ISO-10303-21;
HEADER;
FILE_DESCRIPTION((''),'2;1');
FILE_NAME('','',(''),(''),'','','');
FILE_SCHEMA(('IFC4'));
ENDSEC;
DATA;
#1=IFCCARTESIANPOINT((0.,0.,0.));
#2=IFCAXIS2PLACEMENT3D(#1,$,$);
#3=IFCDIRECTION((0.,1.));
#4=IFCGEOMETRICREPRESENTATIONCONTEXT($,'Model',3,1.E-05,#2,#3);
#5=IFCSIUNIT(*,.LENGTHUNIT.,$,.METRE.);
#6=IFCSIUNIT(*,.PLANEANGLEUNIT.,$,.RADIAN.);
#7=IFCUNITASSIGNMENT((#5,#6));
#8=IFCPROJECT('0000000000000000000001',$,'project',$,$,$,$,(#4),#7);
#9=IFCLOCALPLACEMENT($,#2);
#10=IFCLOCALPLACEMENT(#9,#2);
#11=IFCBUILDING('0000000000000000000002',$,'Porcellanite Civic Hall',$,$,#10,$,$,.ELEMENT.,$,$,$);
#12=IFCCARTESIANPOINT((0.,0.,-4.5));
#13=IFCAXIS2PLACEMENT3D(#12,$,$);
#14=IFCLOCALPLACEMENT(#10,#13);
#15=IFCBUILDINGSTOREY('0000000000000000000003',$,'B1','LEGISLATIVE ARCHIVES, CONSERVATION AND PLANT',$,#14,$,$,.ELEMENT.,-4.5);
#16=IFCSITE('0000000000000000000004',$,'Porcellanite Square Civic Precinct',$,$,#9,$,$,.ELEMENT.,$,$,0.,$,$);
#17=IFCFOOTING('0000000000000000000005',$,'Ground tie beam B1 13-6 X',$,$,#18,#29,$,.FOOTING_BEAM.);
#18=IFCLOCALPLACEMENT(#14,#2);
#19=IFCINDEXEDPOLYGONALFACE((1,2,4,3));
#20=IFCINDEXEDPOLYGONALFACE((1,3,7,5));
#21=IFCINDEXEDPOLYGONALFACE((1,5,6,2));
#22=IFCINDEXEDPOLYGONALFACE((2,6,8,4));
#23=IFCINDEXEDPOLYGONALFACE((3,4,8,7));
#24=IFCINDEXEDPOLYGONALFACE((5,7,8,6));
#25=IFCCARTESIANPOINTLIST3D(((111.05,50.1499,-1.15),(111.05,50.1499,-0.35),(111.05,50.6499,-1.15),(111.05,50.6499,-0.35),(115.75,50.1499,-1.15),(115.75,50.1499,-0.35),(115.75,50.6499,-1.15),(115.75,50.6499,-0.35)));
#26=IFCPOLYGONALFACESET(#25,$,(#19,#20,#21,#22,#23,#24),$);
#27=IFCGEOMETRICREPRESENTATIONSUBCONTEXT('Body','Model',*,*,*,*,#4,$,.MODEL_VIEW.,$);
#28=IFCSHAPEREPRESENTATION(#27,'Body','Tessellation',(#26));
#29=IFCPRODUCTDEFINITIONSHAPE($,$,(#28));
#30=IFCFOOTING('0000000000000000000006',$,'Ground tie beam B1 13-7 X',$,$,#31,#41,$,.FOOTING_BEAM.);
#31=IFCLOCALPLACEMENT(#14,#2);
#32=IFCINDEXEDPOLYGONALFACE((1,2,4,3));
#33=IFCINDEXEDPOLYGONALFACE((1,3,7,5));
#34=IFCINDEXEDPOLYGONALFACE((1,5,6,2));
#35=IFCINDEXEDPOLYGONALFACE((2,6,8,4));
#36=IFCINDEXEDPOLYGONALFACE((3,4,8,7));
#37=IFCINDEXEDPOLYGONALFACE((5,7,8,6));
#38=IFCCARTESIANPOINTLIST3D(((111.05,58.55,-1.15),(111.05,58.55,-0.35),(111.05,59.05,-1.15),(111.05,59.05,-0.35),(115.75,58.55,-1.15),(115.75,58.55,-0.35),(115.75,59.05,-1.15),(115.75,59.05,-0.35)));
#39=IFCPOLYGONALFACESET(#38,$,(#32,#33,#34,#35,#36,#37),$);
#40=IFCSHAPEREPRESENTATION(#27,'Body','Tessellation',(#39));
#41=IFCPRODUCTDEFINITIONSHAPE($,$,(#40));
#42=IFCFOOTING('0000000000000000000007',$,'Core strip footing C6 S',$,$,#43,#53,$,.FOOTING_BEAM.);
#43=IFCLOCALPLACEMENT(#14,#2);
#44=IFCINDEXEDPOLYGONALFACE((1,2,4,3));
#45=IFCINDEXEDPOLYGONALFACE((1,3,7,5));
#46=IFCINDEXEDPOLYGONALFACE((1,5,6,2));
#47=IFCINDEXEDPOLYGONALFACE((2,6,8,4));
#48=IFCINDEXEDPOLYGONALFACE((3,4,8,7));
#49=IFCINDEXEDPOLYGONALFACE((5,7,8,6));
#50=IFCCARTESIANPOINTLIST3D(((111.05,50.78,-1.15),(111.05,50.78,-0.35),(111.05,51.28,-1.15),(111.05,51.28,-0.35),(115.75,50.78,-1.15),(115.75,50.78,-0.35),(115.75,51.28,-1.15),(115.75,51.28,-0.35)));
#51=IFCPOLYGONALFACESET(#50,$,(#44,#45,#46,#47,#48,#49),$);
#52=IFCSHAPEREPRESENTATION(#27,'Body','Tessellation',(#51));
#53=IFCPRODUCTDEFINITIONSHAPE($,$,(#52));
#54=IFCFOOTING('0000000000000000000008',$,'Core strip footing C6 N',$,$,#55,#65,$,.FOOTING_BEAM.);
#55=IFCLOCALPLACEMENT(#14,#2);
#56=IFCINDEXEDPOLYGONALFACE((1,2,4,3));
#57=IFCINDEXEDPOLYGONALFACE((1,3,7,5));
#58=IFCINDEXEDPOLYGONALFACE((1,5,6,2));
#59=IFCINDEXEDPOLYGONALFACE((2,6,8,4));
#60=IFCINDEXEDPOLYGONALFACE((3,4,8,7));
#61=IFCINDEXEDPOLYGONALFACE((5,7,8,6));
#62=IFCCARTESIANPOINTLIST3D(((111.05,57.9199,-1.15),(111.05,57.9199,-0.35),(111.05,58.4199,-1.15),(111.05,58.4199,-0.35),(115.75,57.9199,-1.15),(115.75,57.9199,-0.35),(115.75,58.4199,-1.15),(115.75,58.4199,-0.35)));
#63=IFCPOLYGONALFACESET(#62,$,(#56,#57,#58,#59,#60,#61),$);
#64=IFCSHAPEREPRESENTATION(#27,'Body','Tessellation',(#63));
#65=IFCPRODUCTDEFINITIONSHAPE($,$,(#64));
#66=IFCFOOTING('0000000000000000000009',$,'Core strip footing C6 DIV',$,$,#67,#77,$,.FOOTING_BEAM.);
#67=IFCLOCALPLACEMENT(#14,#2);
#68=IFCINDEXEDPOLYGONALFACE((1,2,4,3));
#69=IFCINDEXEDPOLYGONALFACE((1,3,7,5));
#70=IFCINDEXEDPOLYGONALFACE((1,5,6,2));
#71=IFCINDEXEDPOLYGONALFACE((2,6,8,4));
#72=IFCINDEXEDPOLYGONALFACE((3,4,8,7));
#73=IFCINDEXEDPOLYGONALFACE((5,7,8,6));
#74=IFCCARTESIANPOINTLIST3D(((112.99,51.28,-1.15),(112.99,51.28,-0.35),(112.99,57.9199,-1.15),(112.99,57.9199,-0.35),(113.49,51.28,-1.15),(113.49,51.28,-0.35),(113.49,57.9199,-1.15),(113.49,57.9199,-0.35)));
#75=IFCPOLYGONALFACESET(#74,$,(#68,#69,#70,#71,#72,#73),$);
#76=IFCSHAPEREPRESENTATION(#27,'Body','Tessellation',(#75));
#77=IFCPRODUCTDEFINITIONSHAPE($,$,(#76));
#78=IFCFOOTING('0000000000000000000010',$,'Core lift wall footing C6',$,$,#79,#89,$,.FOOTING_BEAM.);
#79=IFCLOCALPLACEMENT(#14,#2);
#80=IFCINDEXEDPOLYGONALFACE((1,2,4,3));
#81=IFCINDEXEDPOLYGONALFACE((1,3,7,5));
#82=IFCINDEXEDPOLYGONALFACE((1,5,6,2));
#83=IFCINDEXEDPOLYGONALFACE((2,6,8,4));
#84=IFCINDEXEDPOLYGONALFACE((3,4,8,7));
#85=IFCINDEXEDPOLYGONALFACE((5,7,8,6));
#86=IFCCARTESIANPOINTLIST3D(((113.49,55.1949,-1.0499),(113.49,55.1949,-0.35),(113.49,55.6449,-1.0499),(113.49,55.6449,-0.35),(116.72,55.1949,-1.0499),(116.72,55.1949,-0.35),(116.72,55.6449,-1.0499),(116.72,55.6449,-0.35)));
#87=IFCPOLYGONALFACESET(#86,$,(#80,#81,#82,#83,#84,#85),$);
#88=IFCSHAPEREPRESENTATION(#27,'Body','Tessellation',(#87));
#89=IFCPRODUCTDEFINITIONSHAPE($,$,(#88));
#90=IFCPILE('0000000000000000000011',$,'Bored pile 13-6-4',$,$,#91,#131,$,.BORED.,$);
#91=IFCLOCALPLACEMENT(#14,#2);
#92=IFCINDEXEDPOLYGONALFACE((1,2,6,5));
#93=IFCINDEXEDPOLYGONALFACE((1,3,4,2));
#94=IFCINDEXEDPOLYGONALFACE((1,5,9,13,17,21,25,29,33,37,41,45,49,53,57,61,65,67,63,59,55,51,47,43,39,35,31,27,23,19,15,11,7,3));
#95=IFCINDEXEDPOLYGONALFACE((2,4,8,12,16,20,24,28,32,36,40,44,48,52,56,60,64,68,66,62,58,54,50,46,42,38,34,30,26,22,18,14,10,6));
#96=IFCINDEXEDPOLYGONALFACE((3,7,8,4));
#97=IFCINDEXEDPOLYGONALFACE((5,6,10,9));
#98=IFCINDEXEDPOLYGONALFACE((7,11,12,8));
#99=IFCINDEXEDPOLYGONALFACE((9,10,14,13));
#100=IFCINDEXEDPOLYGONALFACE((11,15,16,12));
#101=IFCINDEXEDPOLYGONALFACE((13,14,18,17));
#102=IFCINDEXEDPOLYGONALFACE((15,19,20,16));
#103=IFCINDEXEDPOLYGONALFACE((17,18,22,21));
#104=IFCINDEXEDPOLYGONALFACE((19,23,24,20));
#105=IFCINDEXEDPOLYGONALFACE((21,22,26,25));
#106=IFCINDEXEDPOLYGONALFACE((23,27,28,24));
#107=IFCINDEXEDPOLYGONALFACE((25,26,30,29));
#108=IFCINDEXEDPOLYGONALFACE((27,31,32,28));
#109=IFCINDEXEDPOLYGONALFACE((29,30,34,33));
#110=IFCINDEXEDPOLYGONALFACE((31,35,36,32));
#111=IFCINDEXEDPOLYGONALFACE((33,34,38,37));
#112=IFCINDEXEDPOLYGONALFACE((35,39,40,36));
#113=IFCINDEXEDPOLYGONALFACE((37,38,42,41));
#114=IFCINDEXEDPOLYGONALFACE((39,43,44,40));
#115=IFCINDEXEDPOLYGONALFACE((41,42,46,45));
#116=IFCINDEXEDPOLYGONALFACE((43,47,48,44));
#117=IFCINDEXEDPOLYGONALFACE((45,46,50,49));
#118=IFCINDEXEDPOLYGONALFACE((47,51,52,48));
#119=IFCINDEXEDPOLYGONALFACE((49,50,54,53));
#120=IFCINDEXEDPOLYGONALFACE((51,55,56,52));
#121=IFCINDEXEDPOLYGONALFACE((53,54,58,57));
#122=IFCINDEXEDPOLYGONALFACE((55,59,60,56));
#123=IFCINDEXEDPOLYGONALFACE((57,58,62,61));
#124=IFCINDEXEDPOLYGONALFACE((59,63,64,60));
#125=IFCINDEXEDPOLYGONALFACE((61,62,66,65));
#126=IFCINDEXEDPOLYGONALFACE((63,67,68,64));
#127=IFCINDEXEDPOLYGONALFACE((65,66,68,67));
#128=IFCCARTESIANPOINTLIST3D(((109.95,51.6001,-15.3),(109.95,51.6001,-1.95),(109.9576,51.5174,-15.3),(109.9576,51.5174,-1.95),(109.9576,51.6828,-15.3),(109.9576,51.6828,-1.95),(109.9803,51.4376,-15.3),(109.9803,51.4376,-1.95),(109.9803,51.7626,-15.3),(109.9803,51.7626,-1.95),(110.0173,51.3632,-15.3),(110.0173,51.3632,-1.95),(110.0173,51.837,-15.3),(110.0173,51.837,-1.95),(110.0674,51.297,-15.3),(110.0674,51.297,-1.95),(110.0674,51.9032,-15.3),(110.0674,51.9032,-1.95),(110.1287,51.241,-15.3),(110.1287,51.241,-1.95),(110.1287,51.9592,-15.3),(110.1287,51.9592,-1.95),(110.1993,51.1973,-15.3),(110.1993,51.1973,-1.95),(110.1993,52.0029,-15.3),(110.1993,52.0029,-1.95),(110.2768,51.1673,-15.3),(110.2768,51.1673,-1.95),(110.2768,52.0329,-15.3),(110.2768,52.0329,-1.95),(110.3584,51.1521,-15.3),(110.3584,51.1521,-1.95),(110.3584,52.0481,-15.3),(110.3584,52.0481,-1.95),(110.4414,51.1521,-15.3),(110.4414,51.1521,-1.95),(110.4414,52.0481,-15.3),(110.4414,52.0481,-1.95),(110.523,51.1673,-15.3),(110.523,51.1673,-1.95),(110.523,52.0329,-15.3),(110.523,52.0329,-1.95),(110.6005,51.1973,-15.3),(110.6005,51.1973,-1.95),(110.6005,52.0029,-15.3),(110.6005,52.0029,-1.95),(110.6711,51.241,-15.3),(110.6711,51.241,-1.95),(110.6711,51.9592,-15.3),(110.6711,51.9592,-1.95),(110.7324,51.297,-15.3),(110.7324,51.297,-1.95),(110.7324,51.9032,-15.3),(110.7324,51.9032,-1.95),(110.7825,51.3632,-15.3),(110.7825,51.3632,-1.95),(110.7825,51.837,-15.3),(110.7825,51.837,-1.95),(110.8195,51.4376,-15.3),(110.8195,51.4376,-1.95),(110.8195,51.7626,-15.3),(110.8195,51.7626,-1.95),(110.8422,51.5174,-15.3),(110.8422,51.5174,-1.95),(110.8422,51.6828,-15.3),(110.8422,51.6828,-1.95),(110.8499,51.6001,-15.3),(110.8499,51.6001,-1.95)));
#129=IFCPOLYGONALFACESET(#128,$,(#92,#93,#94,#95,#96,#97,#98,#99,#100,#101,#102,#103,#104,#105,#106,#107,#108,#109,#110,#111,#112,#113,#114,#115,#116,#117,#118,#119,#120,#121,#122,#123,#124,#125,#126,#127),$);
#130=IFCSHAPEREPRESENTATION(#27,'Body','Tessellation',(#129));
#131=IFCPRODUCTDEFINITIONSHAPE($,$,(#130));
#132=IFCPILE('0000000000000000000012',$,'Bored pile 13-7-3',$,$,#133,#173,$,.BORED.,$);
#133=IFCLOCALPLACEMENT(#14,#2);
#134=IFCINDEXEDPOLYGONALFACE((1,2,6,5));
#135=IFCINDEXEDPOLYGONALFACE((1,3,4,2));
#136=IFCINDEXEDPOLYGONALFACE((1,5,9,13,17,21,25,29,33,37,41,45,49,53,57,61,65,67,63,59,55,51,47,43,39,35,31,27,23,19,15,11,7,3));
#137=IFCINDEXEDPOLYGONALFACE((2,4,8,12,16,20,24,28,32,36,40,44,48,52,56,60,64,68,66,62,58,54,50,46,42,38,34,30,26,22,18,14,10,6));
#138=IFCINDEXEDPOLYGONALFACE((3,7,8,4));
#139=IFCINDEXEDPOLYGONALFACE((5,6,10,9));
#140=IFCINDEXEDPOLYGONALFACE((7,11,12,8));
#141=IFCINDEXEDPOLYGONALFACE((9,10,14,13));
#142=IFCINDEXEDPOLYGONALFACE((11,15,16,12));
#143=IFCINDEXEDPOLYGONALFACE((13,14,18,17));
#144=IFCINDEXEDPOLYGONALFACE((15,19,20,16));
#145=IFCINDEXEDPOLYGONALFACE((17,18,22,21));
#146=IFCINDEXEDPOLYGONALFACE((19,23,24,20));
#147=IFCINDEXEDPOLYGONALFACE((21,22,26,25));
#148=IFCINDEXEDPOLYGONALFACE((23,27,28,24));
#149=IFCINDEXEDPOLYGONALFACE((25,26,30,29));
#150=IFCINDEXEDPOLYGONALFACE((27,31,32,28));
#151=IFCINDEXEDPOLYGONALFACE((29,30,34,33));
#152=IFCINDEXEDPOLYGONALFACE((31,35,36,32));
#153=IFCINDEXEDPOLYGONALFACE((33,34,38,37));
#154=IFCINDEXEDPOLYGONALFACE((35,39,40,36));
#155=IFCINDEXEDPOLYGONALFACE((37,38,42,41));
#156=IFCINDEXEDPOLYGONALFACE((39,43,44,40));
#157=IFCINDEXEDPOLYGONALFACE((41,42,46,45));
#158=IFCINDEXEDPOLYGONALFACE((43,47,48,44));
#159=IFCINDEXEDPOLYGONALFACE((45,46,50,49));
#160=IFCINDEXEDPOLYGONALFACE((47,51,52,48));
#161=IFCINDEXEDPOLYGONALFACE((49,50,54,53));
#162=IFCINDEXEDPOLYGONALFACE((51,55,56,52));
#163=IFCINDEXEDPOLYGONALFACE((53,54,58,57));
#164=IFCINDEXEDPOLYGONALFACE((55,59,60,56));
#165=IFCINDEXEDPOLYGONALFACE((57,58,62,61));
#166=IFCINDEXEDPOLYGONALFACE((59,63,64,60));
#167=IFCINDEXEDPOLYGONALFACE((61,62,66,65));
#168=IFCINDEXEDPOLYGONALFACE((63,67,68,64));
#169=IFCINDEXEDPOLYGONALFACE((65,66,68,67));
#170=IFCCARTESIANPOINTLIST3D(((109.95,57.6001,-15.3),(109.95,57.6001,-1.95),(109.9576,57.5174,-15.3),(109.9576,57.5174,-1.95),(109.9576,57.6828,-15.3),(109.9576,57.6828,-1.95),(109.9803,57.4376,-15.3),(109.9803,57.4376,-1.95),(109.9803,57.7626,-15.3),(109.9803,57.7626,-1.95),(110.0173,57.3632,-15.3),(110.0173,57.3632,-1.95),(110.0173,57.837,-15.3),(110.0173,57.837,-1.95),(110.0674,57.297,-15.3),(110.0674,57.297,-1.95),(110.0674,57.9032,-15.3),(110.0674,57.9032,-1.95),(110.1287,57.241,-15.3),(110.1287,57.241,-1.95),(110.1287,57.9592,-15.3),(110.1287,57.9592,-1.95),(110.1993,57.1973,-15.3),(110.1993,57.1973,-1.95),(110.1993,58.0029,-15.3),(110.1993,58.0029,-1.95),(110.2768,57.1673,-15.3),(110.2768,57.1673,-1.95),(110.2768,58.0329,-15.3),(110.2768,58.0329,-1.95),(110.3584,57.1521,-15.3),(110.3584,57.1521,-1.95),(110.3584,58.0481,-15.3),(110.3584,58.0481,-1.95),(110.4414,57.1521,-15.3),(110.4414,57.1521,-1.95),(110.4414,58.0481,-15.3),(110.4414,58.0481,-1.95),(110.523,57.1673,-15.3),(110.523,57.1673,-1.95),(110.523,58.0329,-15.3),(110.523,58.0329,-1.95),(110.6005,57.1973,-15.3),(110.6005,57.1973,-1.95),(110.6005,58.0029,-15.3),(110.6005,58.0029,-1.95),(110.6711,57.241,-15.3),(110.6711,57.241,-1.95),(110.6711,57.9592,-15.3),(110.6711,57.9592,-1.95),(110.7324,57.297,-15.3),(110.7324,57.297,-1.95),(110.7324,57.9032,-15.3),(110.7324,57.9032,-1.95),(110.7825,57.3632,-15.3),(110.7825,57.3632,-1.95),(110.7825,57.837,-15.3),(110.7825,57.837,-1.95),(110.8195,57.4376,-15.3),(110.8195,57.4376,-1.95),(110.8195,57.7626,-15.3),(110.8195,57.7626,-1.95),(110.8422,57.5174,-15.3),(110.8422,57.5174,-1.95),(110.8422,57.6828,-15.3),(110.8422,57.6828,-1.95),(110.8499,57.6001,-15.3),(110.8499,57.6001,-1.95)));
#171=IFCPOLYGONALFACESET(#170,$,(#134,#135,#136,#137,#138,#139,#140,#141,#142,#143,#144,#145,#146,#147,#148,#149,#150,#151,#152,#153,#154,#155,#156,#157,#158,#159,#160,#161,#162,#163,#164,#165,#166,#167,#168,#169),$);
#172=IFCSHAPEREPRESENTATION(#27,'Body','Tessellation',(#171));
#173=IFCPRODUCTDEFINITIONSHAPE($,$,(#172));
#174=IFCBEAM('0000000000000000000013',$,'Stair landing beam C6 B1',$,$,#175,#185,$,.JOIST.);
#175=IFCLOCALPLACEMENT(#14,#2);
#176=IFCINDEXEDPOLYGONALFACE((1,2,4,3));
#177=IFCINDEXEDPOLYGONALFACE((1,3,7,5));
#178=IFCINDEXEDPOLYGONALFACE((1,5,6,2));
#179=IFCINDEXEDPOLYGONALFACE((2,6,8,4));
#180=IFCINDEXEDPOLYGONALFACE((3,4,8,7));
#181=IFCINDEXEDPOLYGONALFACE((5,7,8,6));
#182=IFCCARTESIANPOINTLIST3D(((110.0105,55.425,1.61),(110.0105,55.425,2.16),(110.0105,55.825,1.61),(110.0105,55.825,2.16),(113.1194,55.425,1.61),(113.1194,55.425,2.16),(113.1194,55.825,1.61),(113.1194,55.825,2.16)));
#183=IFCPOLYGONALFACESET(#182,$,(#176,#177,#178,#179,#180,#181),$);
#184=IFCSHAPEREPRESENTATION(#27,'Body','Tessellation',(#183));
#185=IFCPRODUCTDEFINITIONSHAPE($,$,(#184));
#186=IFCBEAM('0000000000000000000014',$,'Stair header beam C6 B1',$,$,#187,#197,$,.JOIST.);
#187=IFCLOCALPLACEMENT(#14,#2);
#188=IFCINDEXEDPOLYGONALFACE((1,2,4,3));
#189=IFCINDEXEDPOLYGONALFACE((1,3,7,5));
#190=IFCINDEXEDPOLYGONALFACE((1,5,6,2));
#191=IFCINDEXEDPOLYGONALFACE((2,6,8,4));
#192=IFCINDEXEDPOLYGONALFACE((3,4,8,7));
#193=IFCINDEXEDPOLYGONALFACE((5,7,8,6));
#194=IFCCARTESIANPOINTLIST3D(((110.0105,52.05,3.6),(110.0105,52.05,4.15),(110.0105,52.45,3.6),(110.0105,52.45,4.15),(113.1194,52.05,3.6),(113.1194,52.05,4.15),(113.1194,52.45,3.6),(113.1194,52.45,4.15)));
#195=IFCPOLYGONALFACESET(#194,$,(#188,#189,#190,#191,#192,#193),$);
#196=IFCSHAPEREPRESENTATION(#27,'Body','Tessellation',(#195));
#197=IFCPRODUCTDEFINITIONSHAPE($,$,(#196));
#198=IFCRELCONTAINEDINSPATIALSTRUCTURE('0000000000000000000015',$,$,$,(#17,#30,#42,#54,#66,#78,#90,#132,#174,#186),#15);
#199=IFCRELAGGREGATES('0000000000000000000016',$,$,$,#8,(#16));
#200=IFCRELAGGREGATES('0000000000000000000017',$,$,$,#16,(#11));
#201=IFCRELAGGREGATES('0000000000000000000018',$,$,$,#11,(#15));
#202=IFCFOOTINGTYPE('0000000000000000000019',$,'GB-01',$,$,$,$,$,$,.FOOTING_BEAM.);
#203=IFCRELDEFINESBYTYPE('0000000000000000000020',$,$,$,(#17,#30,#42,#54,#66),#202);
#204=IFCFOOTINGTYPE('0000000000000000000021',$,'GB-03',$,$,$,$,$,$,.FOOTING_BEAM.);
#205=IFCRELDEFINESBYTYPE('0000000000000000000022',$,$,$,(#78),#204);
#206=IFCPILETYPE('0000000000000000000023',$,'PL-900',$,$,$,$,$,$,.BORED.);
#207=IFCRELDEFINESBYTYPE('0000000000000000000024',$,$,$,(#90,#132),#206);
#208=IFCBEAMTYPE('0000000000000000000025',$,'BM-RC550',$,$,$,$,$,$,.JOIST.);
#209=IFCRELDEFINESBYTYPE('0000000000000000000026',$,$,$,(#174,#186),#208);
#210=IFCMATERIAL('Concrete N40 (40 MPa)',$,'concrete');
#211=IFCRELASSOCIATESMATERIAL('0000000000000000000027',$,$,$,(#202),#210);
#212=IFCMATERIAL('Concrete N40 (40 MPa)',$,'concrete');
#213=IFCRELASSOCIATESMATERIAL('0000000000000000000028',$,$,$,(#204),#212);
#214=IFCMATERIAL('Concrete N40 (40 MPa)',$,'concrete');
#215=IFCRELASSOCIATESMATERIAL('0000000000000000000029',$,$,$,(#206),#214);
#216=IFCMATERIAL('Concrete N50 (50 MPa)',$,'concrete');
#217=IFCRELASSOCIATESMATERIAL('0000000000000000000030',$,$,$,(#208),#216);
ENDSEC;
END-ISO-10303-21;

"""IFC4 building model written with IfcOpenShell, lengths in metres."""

from ifc_helpers import new_model, si_unit, direction, frame, origin, origin_2d, place, context, subcontext, project, spatial, rectangle, circle, extrude, material, material_profile, profile_set, type_object, element, save


model = new_model("IFC4")

# Units and contexts
model_context = context("Model", 3, precision=1e-05, world=origin(), true_north=direction((0.0, 1.0)))
body_context = subcontext(model_context, "Body", "Model", "MODEL_VIEW")
ifc_project = project(units=[si_unit("LENGTHUNIT", "METRE"), si_unit("PLANEANGLEUNIT", "RADIAN")], contexts=[model_context])

# Site, building, storey
site_placement = place(None, origin())
site = spatial("IfcSite", under=ifc_project, at=site_placement, Name="Porcellanite Square Civic Precinct", CompositionType="ELEMENT", RefElevation=0.0)
building_placement = place(site_placement, origin())
building = spatial("IfcBuilding", under=site, at=building_placement, Name="Porcellanite Civic Hall", CompositionType="ELEMENT")
storey_placement = place(building_placement, frame((0.0, 0.0, -4.5)))
storey = spatial("IfcBuildingStorey", under=building, at=storey_placement, Name="B1", Description="LEGISLATIVE ARCHIVES, CONSERVATION AND PLANT", CompositionType="ELEMENT", Elevation=-4.5)

# Footings
ifc_material_1 = material(Name="Concrete N40 (40 MPa)", Category="concrete")
ifc_material_profile_1 = material_profile(ifc_material_1, rectangle(XDim=0.5, YDim=0.8, at=origin_2d()), Name="RC-500x800")
ifc_profile_set_1 = profile_set([ifc_material_profile_1], Name="Concrete N40 (40 MPa)")
footing_type_1 = type_object("IfcFootingType", Name="GB-01", PredefinedType="FOOTING_BEAM", material=ifc_profile_set_1)
for number, where, z_axis, x_axis, name in (
    (1, (111.05, 50.3999, -0.75), (1.0, 0.0, 0.0), (0.0, 1.0, 0.0), "Ground tie beam B1 13-6 X"),
    (2, (111.05, 58.8, -0.75), (1.0, 0.0, 0.0), (0.0, 1.0, 0.0), "Ground tie beam B1 13-7 X"),
    (3, (111.05, 51.03, -0.75), (1.0, 0.0, 0.0), (0.0, 1.0, 0.0), "Core strip footing C6 S"),
    (4, (111.05, 58.1699, -0.75), (1.0, 0.0, 0.0), (0.0, 1.0, 0.0), "Core strip footing C6 N"),
):
    element("IfcFooting", number, at=place(storey_placement, frame(where, z_axis=z_axis, x_axis=x_axis)), inside=storey, type_object=footing_type_1, Name=name, PredefinedType="FOOTING_BEAM", context=body_context, shape_type="SweptSolid", body=[
        extrude(rectangle(XDim=0.5, YDim=0.8, at=origin_2d()), origin(), (0.0, 0.0, 1.0), 4.7),
    ])
footing_1_placement = place(storey_placement, frame((113.24, 51.28, -0.75), z_axis=(0.0, 1.0, 0.0), x_axis=(-1.0, 0.0, 0.0)))
element("IfcFooting", 5, at=footing_1_placement, inside=storey, type_object=footing_type_1, Name="Core strip footing C6 DIV", PredefinedType="FOOTING_BEAM", context=body_context, shape_type="SweptSolid", body=[
    extrude(rectangle(XDim=0.5, YDim=0.8, at=origin_2d()), origin(), (0.0, 0.0, 1.0), 6.6399),
])
ifc_material_2 = material(Name="Concrete N40 (40 MPa)", Category="concrete")
ifc_material_profile_2 = material_profile(ifc_material_2, rectangle(XDim=0.45, YDim=0.7, at=origin_2d()), Name="RC-450x700")
ifc_profile_set_2 = profile_set([ifc_material_profile_2], Name="Concrete N40 (40 MPa)")
footing_type_2 = type_object("IfcFootingType", Name="GB-03", PredefinedType="FOOTING_BEAM", material=ifc_profile_set_2)
footing_2_placement = place(storey_placement, frame((113.49, 55.4199, -0.7), z_axis=(1.0, 0.0, 0.0), x_axis=(0.0, 1.0, 0.0)))
element("IfcFooting", 6, at=footing_2_placement, inside=storey, type_object=footing_type_2, Name="Core lift wall footing C6", PredefinedType="FOOTING_BEAM", context=body_context, shape_type="SweptSolid", body=[
    extrude(rectangle(XDim=0.45, YDim=0.7, at=origin_2d()), origin(), (0.0, 0.0, 1.0), 3.23),
])

# Piles
ifc_material_3 = material(Name="Concrete N40 (40 MPa)", Category="concrete")
ifc_material_profile_3 = material_profile(ifc_material_3, circle(Radius=0.45, at=origin_2d()), Name="PILE-D900")
ifc_profile_set_3 = profile_set([ifc_material_profile_3], Name="Concrete N40 (40 MPa)")
pile_type = type_object("IfcPileType", Name="PL-900", PredefinedType="BORED", material=ifc_profile_set_3)
for number, where, z_axis, x_axis, name in (
    (7, (110.3999, 51.6001, -1.95), (0.0, 0.0, -1.0), (1.0, 0.0, 0.0), "Bored pile 13-6-4"),
    (8, (110.3999, 57.6001, -1.95), (0.0, 0.0, -1.0), (1.0, 0.0, 0.0), "Bored pile 13-7-3"),
):
    element("IfcPile", number, at=place(storey_placement, frame(where, z_axis=z_axis, x_axis=x_axis)), inside=storey, type_object=pile_type, Name=name, PredefinedType="BORED", context=body_context, shape_type="SweptSolid", body=[
        extrude(circle(Radius=0.45, at=origin_2d()), origin(), (0.0, 0.0, 1.0), 13.3501),
    ])

# Beams
ifc_material_4 = material(Name="Concrete N50 (50 MPa)", Category="concrete")
ifc_material_profile_4 = material_profile(ifc_material_4, rectangle(XDim=0.3999, YDim=0.55, at=origin_2d()), Name="RC-400x550")
ifc_profile_set_4 = profile_set([ifc_material_profile_4], Name="Concrete N50 (50 MPa)")
beam_type = type_object("IfcBeamType", Name="BM-RC550", PredefinedType="JOIST", material=ifc_profile_set_4)
for number, where, z_axis, x_axis, name in (
    (9, (110.0105, 55.625, 1.885), (1.0, 0.0, 0.0), (0.0, 1.0, 0.0), "Stair landing beam C6 B1"),
    (10, (110.0105, 52.25, 3.875), (1.0, 0.0, 0.0), (0.0, 1.0, 0.0), "Stair header beam C6 B1"),
):
    element("IfcBeam", number, at=place(storey_placement, frame(where, z_axis=z_axis, x_axis=x_axis)), inside=storey, type_object=beam_type, Name=name, PredefinedType="JOIST", context=body_context, shape_type="SweptSolid", body=[
        extrude(rectangle(XDim=0.3999, YDim=0.55, at=origin_2d()), origin(), (0.0, 0.0, 1.0), 3.1089),
    ])

save(model, "model.ifc")
